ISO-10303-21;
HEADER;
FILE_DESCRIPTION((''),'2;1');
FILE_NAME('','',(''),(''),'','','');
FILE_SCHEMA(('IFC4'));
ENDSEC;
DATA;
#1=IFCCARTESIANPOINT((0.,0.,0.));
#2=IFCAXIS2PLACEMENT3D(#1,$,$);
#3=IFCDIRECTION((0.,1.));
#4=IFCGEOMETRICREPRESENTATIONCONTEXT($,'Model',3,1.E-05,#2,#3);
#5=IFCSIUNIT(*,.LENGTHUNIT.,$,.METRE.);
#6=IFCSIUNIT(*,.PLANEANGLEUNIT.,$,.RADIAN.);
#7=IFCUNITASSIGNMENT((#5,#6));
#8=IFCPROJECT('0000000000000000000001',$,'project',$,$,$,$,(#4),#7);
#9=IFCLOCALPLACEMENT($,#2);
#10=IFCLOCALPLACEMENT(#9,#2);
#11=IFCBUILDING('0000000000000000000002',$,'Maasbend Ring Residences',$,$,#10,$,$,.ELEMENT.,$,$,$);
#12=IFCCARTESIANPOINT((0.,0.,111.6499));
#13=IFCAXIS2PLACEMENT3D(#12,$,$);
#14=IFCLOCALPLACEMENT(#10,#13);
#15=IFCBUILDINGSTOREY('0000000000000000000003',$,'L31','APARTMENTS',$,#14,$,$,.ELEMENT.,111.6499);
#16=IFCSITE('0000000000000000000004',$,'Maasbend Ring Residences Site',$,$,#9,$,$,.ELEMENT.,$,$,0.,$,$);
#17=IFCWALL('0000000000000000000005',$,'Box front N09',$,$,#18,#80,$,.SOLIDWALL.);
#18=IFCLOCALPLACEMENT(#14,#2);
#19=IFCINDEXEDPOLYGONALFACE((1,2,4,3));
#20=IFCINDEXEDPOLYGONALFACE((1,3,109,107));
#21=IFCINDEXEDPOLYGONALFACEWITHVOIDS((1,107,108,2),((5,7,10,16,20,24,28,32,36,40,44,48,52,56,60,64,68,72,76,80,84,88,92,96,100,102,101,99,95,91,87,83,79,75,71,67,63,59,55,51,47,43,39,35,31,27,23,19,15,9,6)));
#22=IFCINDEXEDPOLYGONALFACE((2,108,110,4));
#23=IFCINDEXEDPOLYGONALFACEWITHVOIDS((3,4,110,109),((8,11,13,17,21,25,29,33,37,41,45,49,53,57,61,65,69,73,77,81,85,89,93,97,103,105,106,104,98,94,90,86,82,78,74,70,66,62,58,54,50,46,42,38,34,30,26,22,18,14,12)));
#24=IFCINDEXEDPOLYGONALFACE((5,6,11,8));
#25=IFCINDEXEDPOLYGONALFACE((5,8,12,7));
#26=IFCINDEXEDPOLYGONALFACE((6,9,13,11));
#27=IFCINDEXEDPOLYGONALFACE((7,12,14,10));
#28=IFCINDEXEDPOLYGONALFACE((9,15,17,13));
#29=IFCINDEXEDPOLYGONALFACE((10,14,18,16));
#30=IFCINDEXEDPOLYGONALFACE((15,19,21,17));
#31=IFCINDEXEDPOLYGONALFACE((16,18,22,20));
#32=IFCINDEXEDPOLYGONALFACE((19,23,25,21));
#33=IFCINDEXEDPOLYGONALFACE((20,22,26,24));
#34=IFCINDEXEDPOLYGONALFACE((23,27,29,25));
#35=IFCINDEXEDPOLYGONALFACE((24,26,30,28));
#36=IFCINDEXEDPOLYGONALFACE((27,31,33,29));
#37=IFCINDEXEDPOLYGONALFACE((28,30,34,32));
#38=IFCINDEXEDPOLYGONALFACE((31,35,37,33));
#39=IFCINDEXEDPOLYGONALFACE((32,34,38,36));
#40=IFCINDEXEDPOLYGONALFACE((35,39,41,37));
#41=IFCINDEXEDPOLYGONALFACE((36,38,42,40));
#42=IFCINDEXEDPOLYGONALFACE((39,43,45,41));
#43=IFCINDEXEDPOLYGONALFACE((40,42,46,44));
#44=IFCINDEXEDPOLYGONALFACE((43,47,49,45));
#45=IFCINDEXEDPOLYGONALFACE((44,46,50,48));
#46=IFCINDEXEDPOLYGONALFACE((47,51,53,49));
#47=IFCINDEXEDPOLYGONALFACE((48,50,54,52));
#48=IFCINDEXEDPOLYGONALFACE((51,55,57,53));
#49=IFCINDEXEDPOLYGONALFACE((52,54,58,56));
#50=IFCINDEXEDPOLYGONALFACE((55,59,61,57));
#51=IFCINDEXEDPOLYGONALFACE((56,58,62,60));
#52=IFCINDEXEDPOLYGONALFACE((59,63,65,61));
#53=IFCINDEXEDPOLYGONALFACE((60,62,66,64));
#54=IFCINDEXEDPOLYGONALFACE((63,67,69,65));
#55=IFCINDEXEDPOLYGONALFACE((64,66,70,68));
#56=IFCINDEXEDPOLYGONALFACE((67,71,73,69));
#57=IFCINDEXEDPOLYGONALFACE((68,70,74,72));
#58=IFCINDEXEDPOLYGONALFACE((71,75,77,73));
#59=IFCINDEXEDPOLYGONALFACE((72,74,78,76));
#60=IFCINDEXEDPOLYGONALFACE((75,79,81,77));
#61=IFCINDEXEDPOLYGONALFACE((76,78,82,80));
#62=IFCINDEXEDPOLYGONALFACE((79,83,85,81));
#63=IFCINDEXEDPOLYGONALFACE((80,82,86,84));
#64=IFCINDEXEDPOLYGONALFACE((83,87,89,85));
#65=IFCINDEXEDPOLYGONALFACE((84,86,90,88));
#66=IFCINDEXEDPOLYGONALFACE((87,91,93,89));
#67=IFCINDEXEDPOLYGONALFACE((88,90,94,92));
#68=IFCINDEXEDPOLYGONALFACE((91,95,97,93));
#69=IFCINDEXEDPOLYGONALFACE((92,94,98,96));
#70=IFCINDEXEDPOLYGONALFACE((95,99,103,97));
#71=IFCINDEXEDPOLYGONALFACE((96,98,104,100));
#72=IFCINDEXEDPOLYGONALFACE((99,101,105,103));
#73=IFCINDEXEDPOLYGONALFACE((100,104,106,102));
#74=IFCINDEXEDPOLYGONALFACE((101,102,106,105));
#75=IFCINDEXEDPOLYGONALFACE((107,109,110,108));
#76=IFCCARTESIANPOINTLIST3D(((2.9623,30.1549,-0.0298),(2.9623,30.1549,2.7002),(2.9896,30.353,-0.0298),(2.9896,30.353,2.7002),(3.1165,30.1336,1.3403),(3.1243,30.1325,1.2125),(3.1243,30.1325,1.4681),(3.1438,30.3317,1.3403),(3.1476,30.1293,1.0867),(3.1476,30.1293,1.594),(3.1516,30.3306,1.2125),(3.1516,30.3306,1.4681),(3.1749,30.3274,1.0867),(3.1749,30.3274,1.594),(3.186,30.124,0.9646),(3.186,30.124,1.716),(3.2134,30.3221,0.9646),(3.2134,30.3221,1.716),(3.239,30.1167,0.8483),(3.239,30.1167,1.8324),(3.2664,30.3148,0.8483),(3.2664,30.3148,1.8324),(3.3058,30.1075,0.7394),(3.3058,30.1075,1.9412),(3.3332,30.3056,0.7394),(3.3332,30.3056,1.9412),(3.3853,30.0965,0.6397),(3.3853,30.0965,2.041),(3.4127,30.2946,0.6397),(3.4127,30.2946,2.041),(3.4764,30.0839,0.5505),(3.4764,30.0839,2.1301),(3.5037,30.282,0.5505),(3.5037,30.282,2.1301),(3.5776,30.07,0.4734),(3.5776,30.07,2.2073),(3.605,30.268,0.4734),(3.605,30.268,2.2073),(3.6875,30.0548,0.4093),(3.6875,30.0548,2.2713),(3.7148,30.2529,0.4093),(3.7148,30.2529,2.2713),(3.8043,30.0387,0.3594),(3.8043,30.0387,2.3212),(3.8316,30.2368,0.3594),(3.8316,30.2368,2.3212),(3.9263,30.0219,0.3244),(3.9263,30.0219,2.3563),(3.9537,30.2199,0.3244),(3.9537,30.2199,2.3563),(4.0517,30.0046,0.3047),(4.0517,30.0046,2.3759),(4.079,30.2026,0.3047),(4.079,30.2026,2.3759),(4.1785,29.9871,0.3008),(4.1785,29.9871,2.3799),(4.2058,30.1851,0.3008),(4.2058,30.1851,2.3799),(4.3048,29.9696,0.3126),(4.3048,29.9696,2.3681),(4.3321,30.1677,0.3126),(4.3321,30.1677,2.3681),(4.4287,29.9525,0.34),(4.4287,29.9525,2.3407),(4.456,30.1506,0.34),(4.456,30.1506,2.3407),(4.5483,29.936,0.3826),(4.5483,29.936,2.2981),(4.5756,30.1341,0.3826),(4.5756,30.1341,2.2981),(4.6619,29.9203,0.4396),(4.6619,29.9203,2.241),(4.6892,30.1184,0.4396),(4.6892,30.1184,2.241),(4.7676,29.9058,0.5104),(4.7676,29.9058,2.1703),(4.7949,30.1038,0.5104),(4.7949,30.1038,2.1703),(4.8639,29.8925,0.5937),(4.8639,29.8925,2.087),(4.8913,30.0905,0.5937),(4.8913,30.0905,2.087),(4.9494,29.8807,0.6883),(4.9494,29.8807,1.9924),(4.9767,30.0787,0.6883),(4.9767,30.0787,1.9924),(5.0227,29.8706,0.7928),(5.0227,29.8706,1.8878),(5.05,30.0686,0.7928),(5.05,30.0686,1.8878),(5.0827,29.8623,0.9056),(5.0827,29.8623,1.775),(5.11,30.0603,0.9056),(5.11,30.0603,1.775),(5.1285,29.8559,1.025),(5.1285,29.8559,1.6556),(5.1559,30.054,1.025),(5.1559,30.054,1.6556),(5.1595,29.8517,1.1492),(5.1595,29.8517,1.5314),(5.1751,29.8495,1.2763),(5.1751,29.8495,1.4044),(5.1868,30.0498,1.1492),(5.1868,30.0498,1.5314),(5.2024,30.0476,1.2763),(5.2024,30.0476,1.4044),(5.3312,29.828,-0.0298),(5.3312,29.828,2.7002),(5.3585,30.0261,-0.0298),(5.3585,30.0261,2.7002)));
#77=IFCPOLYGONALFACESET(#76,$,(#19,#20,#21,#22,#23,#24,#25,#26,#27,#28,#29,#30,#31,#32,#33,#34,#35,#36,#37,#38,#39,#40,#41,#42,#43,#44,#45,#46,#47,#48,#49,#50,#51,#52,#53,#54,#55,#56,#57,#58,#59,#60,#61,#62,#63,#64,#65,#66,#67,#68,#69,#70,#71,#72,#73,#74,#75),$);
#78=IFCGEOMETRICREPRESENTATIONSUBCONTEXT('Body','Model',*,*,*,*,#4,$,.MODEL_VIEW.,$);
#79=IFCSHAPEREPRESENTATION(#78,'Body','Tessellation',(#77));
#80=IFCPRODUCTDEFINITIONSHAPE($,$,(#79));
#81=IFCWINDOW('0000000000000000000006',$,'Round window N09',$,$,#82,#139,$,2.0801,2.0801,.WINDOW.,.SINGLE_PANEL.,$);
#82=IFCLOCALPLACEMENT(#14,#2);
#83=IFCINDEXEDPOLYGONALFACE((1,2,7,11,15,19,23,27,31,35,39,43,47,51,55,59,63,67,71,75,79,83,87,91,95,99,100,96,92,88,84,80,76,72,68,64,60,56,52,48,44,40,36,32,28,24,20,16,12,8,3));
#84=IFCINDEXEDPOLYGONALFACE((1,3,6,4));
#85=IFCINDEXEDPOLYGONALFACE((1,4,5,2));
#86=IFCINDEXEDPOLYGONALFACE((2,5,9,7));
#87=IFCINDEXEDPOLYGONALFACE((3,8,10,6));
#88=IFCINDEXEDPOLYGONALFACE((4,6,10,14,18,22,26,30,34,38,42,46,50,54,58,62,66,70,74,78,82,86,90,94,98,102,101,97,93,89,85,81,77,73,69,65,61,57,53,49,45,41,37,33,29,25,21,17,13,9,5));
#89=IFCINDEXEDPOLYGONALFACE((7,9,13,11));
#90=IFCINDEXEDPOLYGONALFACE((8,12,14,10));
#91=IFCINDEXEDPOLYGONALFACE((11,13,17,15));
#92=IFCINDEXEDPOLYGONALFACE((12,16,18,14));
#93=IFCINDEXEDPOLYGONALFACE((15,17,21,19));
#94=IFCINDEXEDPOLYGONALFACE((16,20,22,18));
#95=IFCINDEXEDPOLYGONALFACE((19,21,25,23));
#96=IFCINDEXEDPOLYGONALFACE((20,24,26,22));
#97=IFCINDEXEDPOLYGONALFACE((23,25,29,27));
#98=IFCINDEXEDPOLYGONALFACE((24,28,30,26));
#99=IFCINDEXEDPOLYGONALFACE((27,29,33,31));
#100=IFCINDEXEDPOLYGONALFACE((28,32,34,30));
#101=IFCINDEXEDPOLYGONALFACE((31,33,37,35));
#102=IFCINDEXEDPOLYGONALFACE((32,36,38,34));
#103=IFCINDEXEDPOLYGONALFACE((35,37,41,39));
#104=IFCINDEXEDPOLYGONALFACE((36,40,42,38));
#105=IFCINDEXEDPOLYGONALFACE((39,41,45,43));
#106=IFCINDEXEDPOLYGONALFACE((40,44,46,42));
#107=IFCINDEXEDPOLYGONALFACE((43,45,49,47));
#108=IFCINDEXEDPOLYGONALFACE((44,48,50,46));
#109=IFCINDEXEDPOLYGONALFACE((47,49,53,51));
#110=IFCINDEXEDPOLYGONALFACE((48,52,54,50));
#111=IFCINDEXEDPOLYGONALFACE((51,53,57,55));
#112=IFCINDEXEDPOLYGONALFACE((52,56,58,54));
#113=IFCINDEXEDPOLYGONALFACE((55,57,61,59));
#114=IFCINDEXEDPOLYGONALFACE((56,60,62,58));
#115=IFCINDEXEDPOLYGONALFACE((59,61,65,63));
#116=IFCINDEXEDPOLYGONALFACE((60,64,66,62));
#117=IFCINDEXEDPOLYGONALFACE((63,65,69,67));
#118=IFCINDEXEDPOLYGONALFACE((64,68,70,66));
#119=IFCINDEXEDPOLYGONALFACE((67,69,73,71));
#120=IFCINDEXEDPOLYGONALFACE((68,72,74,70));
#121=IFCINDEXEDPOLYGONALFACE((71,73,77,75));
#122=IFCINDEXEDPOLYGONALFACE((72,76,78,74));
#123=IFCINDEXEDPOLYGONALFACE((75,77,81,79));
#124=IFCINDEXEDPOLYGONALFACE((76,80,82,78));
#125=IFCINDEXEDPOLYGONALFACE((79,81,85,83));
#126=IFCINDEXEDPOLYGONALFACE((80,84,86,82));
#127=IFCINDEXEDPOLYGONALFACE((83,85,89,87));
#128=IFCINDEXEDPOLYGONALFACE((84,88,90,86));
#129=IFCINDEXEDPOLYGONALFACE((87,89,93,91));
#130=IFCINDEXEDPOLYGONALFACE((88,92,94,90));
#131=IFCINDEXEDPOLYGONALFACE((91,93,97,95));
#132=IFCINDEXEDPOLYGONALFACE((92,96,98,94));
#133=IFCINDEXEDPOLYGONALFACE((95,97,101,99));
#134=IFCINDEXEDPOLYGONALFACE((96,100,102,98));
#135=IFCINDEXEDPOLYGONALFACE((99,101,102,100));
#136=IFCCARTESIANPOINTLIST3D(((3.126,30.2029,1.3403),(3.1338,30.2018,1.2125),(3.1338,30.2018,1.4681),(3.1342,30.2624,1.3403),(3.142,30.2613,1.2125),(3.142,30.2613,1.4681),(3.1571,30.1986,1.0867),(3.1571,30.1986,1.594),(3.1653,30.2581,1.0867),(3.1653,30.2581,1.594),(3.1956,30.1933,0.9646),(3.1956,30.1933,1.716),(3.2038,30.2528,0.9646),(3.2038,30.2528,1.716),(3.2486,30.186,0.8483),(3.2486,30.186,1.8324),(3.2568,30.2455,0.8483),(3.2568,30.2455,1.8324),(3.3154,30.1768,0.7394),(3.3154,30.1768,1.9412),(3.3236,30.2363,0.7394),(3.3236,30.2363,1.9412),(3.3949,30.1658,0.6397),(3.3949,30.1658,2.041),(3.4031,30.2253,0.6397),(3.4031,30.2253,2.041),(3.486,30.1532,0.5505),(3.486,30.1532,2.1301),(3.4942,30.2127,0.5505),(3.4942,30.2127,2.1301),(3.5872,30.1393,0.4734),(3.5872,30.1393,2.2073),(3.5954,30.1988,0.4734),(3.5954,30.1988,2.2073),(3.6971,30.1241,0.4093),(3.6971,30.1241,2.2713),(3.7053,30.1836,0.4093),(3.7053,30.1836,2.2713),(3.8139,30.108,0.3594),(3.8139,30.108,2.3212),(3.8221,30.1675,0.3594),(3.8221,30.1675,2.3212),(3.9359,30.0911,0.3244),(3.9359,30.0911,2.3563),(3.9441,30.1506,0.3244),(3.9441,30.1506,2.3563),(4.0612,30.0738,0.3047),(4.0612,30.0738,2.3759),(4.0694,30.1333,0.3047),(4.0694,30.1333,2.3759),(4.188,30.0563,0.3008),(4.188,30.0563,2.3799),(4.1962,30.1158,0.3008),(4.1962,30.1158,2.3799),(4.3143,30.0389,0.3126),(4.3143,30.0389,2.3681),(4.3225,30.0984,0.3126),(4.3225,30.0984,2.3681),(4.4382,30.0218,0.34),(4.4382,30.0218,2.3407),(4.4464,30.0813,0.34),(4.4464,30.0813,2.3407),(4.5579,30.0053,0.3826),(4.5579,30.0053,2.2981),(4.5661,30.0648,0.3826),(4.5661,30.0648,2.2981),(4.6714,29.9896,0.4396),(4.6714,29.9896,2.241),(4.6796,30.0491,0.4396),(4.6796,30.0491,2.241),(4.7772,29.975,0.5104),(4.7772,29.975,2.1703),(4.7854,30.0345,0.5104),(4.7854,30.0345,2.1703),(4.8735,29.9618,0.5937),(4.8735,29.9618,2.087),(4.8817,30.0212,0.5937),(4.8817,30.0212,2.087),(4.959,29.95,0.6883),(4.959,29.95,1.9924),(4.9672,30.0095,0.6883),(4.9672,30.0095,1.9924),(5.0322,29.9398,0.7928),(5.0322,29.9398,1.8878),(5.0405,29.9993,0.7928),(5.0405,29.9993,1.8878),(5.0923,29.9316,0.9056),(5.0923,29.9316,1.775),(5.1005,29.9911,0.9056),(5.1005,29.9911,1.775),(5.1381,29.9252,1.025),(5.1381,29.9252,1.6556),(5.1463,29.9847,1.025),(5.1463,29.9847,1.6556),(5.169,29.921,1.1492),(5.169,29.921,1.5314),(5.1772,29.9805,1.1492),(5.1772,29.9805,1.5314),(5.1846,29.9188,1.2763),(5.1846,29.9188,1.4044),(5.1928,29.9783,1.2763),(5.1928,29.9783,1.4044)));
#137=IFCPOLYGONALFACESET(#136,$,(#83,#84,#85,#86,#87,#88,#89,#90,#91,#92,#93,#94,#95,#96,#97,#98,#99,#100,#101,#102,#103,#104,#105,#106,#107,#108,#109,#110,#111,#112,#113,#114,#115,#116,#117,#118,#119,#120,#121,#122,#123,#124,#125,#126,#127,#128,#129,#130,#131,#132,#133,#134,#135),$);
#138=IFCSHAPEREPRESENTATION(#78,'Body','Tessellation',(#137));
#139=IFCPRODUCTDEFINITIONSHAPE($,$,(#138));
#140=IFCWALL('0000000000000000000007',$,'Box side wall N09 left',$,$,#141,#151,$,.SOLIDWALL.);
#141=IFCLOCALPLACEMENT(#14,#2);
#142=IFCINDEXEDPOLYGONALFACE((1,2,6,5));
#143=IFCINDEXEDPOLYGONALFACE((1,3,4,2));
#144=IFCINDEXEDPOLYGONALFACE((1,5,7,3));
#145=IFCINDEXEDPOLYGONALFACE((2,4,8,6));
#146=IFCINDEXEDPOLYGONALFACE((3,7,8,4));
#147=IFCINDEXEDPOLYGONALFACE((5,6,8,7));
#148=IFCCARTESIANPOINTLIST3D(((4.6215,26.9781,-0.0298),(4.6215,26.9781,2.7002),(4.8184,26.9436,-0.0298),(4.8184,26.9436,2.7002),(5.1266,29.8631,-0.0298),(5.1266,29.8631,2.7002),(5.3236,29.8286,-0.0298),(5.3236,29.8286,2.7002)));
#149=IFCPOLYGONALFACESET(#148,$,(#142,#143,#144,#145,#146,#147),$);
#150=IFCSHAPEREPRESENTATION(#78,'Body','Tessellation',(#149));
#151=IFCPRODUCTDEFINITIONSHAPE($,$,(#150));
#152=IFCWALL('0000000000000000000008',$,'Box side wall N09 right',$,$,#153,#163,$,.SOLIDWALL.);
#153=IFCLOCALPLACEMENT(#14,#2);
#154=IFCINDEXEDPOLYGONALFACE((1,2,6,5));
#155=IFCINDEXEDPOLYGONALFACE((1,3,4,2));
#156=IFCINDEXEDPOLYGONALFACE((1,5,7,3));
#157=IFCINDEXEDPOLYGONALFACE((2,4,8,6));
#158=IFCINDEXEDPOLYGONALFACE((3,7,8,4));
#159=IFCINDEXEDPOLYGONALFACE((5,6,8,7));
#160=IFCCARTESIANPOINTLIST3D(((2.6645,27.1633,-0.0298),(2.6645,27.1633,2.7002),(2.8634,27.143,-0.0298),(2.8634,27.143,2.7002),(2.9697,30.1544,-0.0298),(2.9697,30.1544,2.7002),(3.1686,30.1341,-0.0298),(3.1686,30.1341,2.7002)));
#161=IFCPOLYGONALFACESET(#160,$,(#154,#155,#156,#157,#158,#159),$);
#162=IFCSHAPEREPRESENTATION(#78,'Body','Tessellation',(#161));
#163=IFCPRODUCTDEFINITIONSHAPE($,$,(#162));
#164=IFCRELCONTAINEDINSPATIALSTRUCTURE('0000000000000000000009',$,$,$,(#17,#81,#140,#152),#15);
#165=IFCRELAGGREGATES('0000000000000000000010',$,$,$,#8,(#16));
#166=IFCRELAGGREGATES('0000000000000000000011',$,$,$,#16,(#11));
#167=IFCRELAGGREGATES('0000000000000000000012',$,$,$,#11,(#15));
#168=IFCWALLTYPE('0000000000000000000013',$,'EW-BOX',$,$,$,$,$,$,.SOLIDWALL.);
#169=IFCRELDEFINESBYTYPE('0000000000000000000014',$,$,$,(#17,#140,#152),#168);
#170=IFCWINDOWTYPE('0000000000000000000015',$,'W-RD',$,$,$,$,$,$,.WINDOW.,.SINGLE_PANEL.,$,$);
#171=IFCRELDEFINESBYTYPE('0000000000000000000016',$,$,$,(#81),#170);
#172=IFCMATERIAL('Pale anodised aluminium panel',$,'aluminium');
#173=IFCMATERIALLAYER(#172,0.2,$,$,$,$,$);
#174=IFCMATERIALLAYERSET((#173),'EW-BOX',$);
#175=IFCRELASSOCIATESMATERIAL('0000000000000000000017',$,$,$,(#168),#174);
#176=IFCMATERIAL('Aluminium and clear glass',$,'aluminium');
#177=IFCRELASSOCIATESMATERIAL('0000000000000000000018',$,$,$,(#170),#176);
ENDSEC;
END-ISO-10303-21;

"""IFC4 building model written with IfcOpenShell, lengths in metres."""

from ifc_helpers import new_model, si_unit, direction, frame, frame_2d, origin, place, context, subcontext, project, spatial, rectangle, circle, extrude, material, layer, layer_set, type_object, element, fill, save


model = new_model("IFC4")

# Units and contexts
model_context = context("Model", 3, precision=1e-05, world=origin(), true_north=direction((0.0, 1.0)))
body_context = subcontext(model_context, "Body", "Model", "MODEL_VIEW")
ifc_project = project(units=[si_unit("LENGTHUNIT", "METRE"), si_unit("PLANEANGLEUNIT", "RADIAN")], contexts=[model_context])

# Site, building, storey
site_placement = place(None, origin())
site = spatial("IfcSite", under=ifc_project, at=site_placement, Name="Maasbend Ring Residences Site", CompositionType="ELEMENT", RefElevation=0.0)
building_placement = place(site_placement, origin())
building = spatial("IfcBuilding", under=site, at=building_placement, Name="Maasbend Ring Residences", CompositionType="ELEMENT")
storey_placement = place(building_placement, frame((0.0, 0.0, 111.6499)))
storey = spatial("IfcBuildingStorey", under=building, at=storey_placement, Name="L31", Description="APARTMENTS", CompositionType="ELEMENT", Elevation=111.6499)

# Shared definitions
ifc_material_1 = material(Name="Pale anodised aluminium panel", Category="aluminium")
ifc_layer_1 = layer(ifc_material_1, 0.2)
ifc_layer_set_1 = layer_set([ifc_layer_1], Name="EW-BOX")
wall_type_1 = type_object("IfcWallType", Name="EW-BOX", PredefinedType="SOLIDWALL", material=ifc_layer_set_1)

# Wall, opening, window
wall_1_placement = place(storey_placement, frame((5.345, 29.927, -0.0298), z_axis=(0.0, 0.0, 1.0), x_axis=(-0.990612, 0.136703, 0.0)))
wall_1 = element("IfcWall", 1, at=wall_1_placement, inside=storey, type_object=wall_type_1, Name="Box front N09", PredefinedType="SOLIDWALL", context=body_context, shape_type="SweptSolid", body=[
    extrude(rectangle(XDim=2.3914, YDim=0.2, at=frame_2d((1.1958, 0.0))), origin(), (0.0, 0.0, 1.0), 2.73),
])
opening_1_placement = place(wall_1_placement, frame((0.1558, 0.0, 0.3301)))
opening_1 = element("IfcOpeningElement", 2, at=opening_1_placement, cuts=wall_1, PredefinedType="OPENING", context=body_context, shape_type="SweptSolid", body=[
    extrude(circle(Radius=1.04, at=frame_2d((1.04, 1.04))), frame((0.0, 0.1099, 0.0), z_axis=(0.0, -1.0, 0.0), x_axis=(1.0, 0.0, 0.0)), (0.0, 0.0, 1.0), 0.22),
])
ifc_material_2 = material(Name="Aluminium and clear glass", Category="aluminium")
window_type_1 = type_object("IfcWindowType", Name="W-RD", PartitioningType="SINGLE_PANEL", PredefinedType="WINDOW", material=ifc_material_2)
window_1_placement = place(opening_1_placement, origin())
window_1 = element("IfcWindow", 3, at=window_1_placement, inside=storey, type_object=window_type_1, Name="Round window N09", OverallHeight=2.0801, OverallWidth=2.0801, PartitioningType="SINGLE_PANEL", PredefinedType="WINDOW", context=body_context, shape_type="SweptSolid", body=[
    extrude(circle(Radius=1.04, at=frame_2d((1.04, 1.04))), frame((0.0, 0.03, 0.0), z_axis=(0.0, -1.0, 0.0), x_axis=(1.0, 0.0, 0.0)), (0.0, 0.0, 1.0), 0.0601),
])
fill(opening_1, window_1)

# Walls
wall_2_placement = place(storey_placement, frame((4.72, 26.9609, -0.0298), z_axis=(0.0, 0.0, 1.0), x_axis=(0.172463, 0.985016, 0.0)))
element("IfcWall", 4, at=wall_2_placement, inside=storey, type_object=wall_type_1, Name="Box side wall N09 left", PredefinedType="SOLIDWALL", context=body_context, shape_type="SweptSolid", body=[
    extrude(rectangle(XDim=2.929, YDim=0.2, at=frame_2d((1.4644, 0.0))), origin(), (0.0, 0.0, 1.0), 2.73),
])
wall_3_placement = place(storey_placement, frame((2.7639, 27.1531, -0.0298), z_axis=(0.0, 0.0, 1.0), x_axis=(0.101505, 0.994835, 0.0)))
element("IfcWall", 5, at=wall_3_placement, inside=storey, type_object=wall_type_1, Name="Box side wall N09 right", PredefinedType="SOLIDWALL", context=body_context, shape_type="SweptSolid", body=[
    extrude(rectangle(XDim=3.0066, YDim=0.2, at=frame_2d((1.5034, 0.0))), origin(), (0.0, 0.0, 1.0), 2.73),
])

save(model, "model.ifc")
